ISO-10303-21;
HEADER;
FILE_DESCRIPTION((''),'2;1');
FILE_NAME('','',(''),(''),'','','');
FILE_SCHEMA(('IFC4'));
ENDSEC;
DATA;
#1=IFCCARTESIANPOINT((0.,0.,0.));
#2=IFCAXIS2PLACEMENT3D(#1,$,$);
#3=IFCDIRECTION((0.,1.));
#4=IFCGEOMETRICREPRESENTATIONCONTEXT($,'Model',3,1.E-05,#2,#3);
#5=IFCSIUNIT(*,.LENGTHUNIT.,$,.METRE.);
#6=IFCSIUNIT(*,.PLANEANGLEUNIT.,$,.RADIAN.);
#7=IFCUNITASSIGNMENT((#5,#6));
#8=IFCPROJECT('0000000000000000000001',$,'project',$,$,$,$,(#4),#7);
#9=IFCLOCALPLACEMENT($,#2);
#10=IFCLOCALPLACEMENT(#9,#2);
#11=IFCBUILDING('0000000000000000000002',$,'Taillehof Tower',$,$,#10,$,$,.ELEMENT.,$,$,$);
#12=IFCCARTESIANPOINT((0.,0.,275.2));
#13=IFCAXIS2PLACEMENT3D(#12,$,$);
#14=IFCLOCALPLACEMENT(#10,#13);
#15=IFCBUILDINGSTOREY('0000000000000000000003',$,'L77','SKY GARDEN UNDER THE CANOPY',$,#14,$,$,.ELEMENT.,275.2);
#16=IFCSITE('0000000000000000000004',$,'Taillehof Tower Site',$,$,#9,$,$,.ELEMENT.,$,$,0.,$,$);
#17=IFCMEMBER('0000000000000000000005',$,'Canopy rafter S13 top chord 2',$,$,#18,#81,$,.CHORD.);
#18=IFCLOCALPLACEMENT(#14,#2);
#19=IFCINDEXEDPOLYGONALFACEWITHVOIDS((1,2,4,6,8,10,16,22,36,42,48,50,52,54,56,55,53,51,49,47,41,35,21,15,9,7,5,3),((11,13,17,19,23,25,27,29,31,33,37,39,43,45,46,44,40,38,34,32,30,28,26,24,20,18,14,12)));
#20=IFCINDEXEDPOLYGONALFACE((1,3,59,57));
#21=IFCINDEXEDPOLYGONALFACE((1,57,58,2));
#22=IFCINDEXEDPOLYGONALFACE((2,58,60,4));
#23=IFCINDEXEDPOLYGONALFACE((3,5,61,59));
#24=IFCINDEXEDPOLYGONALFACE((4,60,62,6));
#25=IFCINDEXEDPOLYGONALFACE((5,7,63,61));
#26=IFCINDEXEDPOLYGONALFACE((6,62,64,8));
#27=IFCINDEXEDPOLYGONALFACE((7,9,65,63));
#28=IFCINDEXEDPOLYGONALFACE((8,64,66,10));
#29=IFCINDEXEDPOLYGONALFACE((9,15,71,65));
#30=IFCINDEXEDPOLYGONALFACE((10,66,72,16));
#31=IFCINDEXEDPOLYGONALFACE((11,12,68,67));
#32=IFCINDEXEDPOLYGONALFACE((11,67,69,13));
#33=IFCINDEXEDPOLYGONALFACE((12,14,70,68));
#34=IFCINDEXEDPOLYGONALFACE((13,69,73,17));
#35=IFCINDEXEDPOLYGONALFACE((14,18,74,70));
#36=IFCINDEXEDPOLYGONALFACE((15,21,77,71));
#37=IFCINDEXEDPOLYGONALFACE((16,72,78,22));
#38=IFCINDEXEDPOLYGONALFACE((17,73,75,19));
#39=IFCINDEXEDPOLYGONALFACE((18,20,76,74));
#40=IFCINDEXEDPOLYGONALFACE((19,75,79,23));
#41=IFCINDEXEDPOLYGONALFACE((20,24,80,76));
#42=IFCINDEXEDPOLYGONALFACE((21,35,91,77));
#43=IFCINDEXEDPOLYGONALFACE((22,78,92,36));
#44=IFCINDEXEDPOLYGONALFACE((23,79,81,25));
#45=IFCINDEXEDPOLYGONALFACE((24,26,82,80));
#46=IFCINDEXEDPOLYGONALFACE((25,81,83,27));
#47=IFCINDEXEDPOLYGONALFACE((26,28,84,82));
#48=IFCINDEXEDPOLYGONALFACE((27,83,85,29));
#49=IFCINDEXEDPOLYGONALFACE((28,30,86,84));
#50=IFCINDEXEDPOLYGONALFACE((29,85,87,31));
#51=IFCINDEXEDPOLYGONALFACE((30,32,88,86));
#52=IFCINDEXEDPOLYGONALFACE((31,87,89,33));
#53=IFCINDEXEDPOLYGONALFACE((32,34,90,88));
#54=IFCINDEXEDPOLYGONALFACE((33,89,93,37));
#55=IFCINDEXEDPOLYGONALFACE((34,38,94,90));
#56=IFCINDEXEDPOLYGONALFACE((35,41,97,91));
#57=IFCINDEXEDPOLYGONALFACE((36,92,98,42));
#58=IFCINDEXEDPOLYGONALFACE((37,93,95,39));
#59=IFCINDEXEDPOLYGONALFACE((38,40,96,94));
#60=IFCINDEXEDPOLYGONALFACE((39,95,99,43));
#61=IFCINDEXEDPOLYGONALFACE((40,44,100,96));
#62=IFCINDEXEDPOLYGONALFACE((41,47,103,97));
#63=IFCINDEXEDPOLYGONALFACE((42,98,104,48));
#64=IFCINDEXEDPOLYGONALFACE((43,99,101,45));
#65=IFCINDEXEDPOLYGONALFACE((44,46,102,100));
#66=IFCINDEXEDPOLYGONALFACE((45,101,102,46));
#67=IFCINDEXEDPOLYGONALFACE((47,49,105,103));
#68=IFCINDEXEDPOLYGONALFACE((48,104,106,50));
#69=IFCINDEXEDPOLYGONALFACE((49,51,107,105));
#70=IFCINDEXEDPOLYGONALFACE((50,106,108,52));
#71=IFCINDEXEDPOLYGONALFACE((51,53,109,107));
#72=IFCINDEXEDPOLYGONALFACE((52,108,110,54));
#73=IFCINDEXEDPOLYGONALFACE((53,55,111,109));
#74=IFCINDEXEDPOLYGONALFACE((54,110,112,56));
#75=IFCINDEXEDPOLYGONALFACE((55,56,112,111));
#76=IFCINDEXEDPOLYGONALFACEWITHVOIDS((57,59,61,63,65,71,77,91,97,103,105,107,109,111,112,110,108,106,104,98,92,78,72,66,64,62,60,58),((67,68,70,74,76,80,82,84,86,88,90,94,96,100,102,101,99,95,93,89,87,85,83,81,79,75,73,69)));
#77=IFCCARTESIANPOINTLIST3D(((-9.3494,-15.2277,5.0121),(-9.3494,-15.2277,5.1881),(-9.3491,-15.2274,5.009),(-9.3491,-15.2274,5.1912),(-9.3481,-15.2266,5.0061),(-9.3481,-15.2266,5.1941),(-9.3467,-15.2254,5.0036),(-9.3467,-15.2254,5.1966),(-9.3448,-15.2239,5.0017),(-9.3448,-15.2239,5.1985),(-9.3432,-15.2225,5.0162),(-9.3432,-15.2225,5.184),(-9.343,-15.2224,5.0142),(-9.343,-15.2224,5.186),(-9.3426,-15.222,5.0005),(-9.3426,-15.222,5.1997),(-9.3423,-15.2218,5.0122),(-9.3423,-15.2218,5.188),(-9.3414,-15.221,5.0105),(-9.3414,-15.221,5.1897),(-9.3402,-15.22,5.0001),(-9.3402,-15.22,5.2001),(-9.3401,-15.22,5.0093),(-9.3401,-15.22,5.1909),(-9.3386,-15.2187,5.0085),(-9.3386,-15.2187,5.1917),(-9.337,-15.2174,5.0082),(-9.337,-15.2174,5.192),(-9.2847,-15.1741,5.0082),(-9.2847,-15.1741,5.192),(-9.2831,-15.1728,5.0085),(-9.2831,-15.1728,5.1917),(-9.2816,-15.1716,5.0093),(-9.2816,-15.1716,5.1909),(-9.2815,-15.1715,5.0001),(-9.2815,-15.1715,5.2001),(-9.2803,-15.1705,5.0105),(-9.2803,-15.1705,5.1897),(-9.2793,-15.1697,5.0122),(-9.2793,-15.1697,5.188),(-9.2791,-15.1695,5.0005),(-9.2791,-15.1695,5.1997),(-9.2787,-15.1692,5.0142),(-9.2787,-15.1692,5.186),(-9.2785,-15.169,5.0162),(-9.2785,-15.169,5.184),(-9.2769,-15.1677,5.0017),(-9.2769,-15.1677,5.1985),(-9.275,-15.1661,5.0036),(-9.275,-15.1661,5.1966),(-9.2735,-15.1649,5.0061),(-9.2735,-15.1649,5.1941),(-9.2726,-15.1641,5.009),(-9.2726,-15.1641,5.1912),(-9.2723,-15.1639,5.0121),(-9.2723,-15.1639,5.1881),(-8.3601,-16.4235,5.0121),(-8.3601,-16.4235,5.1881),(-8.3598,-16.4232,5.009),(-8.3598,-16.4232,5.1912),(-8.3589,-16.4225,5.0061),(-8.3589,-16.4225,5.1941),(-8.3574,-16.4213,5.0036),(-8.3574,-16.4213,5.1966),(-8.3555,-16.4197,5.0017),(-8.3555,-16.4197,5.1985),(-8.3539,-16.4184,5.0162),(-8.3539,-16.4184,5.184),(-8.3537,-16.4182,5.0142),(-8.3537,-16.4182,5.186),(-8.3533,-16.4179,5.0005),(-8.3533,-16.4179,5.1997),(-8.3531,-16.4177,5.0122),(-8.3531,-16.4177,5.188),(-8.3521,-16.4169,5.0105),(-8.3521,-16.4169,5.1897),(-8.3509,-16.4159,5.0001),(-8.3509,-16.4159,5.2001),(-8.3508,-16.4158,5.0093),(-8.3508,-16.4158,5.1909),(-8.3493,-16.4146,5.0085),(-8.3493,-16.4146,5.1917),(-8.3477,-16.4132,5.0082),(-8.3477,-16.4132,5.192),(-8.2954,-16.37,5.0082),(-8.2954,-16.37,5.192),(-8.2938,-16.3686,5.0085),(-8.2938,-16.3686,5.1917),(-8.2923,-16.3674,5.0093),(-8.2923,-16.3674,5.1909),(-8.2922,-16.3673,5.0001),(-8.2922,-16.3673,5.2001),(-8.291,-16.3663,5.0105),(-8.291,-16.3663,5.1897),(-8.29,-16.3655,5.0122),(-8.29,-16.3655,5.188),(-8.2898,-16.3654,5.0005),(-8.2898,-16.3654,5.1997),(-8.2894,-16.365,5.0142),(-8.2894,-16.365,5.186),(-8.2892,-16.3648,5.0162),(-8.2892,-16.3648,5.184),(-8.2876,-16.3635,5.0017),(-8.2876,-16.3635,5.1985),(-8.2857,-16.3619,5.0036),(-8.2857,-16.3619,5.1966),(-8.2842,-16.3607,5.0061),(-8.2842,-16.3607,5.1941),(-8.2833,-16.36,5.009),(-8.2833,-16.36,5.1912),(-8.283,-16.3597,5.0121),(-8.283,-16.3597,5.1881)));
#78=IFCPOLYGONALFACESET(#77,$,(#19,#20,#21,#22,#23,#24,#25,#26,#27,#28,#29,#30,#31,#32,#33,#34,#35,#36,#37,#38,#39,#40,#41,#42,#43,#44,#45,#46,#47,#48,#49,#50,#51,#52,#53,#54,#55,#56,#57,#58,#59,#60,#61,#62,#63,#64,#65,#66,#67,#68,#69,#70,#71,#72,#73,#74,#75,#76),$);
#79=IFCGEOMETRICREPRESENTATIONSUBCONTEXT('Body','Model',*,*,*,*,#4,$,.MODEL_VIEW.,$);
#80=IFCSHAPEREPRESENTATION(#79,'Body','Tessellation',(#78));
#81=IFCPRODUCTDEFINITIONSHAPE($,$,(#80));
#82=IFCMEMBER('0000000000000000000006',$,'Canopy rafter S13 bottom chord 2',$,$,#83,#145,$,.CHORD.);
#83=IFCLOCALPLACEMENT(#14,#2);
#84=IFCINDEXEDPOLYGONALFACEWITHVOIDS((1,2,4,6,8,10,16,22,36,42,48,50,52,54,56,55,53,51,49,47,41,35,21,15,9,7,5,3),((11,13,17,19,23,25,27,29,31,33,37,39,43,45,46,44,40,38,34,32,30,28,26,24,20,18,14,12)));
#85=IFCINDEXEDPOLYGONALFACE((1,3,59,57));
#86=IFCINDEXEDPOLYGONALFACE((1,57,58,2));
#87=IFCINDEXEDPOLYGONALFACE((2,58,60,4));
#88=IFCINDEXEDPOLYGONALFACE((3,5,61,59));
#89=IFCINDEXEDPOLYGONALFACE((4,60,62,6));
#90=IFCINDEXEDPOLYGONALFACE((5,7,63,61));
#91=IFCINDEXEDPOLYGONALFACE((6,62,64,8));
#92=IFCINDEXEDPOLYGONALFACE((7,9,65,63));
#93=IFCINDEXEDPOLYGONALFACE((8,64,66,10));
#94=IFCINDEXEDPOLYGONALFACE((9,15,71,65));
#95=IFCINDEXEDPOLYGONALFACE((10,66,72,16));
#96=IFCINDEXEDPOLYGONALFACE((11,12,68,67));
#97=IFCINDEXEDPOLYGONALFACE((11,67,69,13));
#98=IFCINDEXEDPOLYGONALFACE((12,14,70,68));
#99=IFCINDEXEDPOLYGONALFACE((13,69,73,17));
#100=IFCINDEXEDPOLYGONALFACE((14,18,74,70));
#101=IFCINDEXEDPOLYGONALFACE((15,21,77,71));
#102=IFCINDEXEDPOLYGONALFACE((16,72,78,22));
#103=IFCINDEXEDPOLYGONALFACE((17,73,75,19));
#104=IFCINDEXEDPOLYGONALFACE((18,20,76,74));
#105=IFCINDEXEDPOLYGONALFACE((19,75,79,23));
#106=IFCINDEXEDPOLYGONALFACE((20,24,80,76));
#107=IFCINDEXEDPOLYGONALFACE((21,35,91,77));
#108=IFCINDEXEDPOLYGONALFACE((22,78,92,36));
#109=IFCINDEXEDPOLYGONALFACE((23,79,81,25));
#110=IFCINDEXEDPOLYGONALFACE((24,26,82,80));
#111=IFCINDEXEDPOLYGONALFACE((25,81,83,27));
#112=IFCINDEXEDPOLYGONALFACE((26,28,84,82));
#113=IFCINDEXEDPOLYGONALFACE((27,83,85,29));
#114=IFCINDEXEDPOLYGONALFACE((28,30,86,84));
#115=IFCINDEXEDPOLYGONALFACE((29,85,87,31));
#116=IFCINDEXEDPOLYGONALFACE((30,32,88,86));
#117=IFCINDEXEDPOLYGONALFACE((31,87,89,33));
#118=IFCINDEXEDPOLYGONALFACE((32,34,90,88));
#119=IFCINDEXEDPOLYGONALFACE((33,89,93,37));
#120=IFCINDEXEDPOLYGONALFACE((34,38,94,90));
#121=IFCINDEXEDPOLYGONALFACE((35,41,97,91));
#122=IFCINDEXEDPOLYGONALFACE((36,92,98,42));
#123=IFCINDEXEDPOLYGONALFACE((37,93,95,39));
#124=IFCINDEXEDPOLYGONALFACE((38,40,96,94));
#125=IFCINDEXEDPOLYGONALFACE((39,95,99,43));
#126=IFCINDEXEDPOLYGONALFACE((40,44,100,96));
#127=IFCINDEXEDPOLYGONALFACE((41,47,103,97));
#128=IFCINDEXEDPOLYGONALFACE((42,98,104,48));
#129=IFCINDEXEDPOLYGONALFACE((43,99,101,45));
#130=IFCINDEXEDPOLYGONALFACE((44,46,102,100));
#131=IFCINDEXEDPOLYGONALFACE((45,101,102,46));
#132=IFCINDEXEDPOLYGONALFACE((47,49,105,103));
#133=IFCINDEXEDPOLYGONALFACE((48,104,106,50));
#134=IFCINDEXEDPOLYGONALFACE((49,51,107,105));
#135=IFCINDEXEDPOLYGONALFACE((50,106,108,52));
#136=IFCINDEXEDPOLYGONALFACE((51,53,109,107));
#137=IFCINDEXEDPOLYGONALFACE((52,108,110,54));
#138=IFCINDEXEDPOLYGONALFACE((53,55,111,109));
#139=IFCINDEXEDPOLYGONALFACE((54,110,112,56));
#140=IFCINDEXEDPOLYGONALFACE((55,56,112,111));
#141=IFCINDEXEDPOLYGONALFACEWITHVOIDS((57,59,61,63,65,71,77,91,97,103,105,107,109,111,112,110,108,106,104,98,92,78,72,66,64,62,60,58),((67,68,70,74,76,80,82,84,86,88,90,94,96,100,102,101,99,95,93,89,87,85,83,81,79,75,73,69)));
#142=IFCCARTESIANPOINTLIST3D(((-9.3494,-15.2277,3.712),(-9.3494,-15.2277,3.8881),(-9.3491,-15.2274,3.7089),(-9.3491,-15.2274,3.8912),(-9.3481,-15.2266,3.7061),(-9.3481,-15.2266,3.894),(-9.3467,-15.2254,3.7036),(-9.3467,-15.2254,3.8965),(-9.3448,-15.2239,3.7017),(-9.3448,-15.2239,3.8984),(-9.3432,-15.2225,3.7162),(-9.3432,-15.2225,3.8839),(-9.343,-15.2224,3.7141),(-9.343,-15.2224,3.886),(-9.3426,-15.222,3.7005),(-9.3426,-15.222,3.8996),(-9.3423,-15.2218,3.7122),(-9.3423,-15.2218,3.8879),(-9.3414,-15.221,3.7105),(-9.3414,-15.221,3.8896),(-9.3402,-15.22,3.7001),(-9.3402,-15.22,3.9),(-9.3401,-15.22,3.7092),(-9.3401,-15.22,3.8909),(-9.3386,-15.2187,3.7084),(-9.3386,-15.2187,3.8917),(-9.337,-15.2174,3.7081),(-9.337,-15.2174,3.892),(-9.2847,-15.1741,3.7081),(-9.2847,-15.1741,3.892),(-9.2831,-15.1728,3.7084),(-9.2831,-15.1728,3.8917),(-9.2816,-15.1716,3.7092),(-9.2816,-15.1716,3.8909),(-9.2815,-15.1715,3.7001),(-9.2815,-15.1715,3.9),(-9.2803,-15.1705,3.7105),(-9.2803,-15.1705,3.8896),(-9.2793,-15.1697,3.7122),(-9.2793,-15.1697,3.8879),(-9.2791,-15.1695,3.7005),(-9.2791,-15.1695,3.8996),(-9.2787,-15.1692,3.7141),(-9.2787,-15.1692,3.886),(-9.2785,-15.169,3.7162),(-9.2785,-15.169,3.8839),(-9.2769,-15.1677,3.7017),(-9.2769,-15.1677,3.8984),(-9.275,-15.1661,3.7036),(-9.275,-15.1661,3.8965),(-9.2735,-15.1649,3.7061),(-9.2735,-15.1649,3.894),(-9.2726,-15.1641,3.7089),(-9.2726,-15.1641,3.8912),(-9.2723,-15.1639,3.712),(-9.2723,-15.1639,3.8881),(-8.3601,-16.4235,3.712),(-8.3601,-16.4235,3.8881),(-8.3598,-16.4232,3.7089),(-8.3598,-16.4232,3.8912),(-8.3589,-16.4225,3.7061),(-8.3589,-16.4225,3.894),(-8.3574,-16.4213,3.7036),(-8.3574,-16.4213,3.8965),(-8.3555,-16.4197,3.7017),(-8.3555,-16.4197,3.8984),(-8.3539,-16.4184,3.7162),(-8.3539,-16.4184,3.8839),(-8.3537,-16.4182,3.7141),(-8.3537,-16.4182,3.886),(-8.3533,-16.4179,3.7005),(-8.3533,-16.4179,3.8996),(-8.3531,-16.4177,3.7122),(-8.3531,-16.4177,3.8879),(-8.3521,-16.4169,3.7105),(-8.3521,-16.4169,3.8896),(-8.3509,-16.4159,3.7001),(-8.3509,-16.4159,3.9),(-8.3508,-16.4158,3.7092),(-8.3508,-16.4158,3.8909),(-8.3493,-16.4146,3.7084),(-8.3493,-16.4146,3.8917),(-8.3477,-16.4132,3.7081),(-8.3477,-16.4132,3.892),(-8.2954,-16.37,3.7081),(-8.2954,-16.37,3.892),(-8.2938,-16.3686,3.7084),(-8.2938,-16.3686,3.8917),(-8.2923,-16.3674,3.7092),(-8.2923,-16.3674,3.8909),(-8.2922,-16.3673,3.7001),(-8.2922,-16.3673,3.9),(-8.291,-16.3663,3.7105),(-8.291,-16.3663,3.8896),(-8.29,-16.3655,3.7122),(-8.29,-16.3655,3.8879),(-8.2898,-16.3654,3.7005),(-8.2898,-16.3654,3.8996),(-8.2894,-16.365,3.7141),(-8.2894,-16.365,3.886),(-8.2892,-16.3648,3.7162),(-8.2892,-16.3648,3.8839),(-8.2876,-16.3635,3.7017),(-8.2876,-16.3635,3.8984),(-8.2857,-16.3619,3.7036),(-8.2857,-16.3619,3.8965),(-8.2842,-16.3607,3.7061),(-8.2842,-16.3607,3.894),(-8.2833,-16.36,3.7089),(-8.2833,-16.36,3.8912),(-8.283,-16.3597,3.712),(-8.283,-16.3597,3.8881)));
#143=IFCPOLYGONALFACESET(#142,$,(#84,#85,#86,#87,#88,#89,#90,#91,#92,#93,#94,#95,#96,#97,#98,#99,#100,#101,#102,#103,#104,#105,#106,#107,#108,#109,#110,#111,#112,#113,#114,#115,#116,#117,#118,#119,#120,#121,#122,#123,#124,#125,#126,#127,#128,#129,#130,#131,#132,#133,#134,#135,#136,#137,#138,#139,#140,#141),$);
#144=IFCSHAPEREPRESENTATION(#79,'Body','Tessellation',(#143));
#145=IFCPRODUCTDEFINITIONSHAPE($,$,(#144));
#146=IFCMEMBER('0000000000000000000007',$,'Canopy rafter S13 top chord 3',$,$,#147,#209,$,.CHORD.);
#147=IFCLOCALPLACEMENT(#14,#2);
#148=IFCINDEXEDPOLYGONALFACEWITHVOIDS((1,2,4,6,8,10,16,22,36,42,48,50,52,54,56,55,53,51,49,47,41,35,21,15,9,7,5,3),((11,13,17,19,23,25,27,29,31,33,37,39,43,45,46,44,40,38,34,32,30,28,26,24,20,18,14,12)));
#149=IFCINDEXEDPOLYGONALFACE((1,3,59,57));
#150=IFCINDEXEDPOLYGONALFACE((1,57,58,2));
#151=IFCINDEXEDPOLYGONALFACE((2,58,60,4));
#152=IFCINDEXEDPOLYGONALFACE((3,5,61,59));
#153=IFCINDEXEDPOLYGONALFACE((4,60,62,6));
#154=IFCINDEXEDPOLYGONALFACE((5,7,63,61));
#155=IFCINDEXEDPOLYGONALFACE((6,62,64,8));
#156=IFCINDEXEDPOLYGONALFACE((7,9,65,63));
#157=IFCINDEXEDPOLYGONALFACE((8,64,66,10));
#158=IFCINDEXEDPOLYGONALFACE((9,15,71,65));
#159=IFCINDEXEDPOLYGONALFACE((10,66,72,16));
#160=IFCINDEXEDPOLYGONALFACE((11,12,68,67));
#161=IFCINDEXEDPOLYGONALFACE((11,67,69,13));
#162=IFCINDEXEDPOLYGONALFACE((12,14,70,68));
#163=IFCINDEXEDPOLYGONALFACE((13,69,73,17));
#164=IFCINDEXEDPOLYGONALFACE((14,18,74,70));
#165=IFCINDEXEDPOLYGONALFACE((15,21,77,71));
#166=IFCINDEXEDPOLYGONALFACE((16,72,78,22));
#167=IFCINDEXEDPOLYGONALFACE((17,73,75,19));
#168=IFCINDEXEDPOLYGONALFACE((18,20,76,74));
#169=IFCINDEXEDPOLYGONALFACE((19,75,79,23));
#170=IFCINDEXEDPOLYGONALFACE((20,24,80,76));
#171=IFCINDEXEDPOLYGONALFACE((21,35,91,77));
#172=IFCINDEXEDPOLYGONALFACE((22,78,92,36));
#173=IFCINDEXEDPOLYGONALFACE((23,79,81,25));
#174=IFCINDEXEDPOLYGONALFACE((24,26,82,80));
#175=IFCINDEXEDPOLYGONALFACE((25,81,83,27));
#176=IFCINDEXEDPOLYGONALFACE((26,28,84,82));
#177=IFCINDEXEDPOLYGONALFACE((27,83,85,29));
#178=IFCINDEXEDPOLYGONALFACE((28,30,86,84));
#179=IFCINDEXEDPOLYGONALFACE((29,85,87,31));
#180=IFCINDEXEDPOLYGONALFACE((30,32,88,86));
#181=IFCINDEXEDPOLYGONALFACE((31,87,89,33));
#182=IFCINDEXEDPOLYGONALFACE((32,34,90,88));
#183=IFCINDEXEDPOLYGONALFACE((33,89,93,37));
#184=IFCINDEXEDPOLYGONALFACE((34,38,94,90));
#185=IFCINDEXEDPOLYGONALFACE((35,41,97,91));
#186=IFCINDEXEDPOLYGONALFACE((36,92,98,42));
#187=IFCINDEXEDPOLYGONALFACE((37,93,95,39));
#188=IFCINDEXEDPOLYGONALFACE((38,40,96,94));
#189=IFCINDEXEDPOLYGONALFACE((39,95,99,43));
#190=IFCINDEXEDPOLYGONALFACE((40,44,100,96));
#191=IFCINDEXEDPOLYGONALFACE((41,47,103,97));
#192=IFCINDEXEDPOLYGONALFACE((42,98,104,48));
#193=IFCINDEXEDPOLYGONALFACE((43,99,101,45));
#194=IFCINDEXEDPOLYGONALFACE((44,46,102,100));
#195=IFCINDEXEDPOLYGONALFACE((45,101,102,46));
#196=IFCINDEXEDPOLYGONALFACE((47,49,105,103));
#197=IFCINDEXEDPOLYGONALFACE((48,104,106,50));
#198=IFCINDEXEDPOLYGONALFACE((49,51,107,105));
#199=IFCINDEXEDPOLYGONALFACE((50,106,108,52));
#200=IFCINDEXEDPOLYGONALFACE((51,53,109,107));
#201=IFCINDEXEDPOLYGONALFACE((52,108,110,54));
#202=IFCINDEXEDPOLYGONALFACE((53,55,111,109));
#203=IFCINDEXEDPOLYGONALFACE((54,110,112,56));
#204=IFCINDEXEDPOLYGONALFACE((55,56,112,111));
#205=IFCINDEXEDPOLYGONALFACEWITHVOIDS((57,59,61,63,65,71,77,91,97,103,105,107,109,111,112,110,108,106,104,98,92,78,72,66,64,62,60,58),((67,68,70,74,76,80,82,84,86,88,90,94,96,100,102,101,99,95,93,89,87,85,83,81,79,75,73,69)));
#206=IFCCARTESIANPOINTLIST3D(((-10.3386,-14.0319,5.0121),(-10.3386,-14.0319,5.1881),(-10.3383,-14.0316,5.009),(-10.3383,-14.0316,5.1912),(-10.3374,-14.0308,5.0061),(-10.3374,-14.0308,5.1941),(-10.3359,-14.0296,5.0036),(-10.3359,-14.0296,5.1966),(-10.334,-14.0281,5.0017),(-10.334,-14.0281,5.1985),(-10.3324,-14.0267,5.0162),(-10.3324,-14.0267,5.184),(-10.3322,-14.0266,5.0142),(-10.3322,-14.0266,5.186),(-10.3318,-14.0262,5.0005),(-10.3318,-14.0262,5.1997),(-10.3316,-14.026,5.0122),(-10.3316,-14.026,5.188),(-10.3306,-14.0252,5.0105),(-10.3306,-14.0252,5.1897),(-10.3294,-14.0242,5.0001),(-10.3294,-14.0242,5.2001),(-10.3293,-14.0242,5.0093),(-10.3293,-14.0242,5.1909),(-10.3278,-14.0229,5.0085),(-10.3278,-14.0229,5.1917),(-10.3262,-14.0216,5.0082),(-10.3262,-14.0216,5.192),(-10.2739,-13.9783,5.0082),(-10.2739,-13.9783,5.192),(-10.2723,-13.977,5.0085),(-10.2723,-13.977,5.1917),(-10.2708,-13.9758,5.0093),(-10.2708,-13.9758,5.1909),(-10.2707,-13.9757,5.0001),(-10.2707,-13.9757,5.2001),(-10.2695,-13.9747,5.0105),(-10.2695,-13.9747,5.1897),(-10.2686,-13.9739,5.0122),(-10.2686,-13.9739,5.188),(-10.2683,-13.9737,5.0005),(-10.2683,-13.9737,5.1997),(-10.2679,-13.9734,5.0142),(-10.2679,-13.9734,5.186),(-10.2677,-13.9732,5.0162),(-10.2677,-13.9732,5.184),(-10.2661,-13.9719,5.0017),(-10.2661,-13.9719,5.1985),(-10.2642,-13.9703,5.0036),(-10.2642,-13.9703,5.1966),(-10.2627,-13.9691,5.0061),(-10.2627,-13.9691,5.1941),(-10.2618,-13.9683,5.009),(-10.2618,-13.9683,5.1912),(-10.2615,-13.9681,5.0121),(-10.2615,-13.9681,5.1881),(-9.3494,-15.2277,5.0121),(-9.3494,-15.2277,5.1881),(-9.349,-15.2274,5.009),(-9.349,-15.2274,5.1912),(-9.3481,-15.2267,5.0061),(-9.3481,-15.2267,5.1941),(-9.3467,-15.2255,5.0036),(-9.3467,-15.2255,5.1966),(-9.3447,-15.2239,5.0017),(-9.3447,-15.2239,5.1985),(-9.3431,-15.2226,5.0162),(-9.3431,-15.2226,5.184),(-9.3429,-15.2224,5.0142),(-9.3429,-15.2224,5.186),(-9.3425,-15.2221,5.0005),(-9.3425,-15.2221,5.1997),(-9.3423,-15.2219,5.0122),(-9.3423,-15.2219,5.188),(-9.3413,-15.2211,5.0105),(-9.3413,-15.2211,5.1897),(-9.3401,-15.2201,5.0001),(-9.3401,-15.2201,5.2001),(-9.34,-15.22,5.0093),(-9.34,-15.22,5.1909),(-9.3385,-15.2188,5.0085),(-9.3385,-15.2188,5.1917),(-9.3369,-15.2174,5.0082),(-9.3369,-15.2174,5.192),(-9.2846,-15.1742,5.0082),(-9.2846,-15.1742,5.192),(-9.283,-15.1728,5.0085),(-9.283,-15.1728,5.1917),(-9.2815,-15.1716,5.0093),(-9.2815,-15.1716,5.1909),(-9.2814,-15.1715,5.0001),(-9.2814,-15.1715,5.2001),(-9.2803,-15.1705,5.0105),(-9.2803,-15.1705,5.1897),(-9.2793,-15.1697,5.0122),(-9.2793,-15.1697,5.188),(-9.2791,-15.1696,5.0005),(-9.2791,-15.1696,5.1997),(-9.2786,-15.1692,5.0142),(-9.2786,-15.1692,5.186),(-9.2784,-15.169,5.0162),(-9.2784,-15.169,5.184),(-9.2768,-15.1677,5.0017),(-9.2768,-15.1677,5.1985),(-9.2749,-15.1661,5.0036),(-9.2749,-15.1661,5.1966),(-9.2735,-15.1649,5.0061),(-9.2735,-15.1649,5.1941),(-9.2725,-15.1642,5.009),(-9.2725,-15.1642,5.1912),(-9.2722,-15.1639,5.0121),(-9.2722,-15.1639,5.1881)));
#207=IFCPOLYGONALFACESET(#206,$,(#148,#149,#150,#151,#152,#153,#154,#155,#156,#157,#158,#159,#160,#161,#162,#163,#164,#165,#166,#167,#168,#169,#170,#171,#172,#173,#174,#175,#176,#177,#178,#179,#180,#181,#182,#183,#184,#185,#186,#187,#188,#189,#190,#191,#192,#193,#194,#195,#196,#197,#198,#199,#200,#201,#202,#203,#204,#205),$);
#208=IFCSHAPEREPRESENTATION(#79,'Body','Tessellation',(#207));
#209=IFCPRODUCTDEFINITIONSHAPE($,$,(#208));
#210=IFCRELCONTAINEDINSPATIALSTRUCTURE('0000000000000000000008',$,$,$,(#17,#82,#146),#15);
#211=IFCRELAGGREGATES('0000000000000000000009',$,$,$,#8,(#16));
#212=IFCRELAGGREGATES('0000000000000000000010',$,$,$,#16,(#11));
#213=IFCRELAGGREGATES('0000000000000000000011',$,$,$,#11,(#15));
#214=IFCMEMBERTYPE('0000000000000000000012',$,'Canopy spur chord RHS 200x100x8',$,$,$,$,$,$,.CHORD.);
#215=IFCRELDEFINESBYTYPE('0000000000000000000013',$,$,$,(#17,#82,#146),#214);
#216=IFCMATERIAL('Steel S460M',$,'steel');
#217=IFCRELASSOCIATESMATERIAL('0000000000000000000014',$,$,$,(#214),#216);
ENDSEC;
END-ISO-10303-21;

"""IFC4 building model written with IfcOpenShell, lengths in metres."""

from ifc_helpers import new_model, si_unit, direction, frame, origin, origin_2d, place, context, subcontext, project, spatial, hollow_rectangle, extrude, material, material_profile, profile_set, type_object, element, save


model = new_model("IFC4")

# Units and contexts
model_context = context("Model", 3, precision=1e-05, world=origin(), true_north=direction((0.0, 1.0)))
body_context = subcontext(model_context, "Body", "Model", "MODEL_VIEW")
ifc_project = project(units=[si_unit("LENGTHUNIT", "METRE"), si_unit("PLANEANGLEUNIT", "RADIAN")], contexts=[model_context])

# Site, building, storey
site_placement = place(None, origin())
site = spatial("IfcSite", under=ifc_project, at=site_placement, Name="Taillehof Tower Site", CompositionType="ELEMENT", RefElevation=0.0)
building_placement = place(site_placement, origin())
building = spatial("IfcBuilding", under=site, at=building_placement, Name="Taillehof Tower", CompositionType="ELEMENT")
storey_placement = place(building_placement, frame((0.0, 0.0, 275.2)))
storey = spatial("IfcBuildingStorey", under=building, at=storey_placement, Name="L77", Description="SKY GARDEN UNDER THE CANOPY", CompositionType="ELEMENT", Elevation=275.2)

# Members
ifc_material_1 = material(Name="Steel S460M", Category="steel")
ifc_material_profile_1 = material_profile(ifc_material_1, hollow_rectangle(XDim=0.1001, YDim=0.2, WallThickness=0.0081, InnerFilletRadius=0.0081, OuterFilletRadius=0.012, at=origin_2d()), Name="RHS 200x100x8")
ifc_profile_set_1 = profile_set([ifc_material_profile_1], Name="Steel S460M")
member_type_1 = type_object("IfcMemberType", Name="Canopy spur chord RHS 200x100x8", PredefinedType="CHORD", material=ifc_profile_set_1)
for number, where, z_axis, x_axis, name in (
    (1, (-8.3215, -16.3916, 5.1001), (-0.637426, 0.770512, 0.0), (-0.770512, -0.637426, 0.0), "Canopy rafter S13 top chord 2"),
    (2, (-8.3215, -16.3916, 3.8), (-0.637426, 0.770512, 0.0), (-0.770512, -0.637426, 0.0), "Canopy rafter S13 bottom chord 2"),
    (3, (-9.3108, -15.1958, 5.1001), (-0.637426, 0.770512, 0.0), (-0.770512, -0.637426, 0.0), "Canopy rafter S13 top chord 3"),
):
    element("IfcMember", number, at=place(storey_placement, frame(where, z_axis=z_axis, x_axis=x_axis)), inside=storey, type_object=member_type_1, Name=name, PredefinedType="CHORD", context=body_context, shape_type="SweptSolid", body=[
        extrude(hollow_rectangle(XDim=0.1001, YDim=0.2, WallThickness=0.0081, InnerFilletRadius=0.0081, OuterFilletRadius=0.012, at=origin_2d()), origin(), (0.0, 0.0, 1.0), 1.552),
    ])

save(model, "model.ifc")
